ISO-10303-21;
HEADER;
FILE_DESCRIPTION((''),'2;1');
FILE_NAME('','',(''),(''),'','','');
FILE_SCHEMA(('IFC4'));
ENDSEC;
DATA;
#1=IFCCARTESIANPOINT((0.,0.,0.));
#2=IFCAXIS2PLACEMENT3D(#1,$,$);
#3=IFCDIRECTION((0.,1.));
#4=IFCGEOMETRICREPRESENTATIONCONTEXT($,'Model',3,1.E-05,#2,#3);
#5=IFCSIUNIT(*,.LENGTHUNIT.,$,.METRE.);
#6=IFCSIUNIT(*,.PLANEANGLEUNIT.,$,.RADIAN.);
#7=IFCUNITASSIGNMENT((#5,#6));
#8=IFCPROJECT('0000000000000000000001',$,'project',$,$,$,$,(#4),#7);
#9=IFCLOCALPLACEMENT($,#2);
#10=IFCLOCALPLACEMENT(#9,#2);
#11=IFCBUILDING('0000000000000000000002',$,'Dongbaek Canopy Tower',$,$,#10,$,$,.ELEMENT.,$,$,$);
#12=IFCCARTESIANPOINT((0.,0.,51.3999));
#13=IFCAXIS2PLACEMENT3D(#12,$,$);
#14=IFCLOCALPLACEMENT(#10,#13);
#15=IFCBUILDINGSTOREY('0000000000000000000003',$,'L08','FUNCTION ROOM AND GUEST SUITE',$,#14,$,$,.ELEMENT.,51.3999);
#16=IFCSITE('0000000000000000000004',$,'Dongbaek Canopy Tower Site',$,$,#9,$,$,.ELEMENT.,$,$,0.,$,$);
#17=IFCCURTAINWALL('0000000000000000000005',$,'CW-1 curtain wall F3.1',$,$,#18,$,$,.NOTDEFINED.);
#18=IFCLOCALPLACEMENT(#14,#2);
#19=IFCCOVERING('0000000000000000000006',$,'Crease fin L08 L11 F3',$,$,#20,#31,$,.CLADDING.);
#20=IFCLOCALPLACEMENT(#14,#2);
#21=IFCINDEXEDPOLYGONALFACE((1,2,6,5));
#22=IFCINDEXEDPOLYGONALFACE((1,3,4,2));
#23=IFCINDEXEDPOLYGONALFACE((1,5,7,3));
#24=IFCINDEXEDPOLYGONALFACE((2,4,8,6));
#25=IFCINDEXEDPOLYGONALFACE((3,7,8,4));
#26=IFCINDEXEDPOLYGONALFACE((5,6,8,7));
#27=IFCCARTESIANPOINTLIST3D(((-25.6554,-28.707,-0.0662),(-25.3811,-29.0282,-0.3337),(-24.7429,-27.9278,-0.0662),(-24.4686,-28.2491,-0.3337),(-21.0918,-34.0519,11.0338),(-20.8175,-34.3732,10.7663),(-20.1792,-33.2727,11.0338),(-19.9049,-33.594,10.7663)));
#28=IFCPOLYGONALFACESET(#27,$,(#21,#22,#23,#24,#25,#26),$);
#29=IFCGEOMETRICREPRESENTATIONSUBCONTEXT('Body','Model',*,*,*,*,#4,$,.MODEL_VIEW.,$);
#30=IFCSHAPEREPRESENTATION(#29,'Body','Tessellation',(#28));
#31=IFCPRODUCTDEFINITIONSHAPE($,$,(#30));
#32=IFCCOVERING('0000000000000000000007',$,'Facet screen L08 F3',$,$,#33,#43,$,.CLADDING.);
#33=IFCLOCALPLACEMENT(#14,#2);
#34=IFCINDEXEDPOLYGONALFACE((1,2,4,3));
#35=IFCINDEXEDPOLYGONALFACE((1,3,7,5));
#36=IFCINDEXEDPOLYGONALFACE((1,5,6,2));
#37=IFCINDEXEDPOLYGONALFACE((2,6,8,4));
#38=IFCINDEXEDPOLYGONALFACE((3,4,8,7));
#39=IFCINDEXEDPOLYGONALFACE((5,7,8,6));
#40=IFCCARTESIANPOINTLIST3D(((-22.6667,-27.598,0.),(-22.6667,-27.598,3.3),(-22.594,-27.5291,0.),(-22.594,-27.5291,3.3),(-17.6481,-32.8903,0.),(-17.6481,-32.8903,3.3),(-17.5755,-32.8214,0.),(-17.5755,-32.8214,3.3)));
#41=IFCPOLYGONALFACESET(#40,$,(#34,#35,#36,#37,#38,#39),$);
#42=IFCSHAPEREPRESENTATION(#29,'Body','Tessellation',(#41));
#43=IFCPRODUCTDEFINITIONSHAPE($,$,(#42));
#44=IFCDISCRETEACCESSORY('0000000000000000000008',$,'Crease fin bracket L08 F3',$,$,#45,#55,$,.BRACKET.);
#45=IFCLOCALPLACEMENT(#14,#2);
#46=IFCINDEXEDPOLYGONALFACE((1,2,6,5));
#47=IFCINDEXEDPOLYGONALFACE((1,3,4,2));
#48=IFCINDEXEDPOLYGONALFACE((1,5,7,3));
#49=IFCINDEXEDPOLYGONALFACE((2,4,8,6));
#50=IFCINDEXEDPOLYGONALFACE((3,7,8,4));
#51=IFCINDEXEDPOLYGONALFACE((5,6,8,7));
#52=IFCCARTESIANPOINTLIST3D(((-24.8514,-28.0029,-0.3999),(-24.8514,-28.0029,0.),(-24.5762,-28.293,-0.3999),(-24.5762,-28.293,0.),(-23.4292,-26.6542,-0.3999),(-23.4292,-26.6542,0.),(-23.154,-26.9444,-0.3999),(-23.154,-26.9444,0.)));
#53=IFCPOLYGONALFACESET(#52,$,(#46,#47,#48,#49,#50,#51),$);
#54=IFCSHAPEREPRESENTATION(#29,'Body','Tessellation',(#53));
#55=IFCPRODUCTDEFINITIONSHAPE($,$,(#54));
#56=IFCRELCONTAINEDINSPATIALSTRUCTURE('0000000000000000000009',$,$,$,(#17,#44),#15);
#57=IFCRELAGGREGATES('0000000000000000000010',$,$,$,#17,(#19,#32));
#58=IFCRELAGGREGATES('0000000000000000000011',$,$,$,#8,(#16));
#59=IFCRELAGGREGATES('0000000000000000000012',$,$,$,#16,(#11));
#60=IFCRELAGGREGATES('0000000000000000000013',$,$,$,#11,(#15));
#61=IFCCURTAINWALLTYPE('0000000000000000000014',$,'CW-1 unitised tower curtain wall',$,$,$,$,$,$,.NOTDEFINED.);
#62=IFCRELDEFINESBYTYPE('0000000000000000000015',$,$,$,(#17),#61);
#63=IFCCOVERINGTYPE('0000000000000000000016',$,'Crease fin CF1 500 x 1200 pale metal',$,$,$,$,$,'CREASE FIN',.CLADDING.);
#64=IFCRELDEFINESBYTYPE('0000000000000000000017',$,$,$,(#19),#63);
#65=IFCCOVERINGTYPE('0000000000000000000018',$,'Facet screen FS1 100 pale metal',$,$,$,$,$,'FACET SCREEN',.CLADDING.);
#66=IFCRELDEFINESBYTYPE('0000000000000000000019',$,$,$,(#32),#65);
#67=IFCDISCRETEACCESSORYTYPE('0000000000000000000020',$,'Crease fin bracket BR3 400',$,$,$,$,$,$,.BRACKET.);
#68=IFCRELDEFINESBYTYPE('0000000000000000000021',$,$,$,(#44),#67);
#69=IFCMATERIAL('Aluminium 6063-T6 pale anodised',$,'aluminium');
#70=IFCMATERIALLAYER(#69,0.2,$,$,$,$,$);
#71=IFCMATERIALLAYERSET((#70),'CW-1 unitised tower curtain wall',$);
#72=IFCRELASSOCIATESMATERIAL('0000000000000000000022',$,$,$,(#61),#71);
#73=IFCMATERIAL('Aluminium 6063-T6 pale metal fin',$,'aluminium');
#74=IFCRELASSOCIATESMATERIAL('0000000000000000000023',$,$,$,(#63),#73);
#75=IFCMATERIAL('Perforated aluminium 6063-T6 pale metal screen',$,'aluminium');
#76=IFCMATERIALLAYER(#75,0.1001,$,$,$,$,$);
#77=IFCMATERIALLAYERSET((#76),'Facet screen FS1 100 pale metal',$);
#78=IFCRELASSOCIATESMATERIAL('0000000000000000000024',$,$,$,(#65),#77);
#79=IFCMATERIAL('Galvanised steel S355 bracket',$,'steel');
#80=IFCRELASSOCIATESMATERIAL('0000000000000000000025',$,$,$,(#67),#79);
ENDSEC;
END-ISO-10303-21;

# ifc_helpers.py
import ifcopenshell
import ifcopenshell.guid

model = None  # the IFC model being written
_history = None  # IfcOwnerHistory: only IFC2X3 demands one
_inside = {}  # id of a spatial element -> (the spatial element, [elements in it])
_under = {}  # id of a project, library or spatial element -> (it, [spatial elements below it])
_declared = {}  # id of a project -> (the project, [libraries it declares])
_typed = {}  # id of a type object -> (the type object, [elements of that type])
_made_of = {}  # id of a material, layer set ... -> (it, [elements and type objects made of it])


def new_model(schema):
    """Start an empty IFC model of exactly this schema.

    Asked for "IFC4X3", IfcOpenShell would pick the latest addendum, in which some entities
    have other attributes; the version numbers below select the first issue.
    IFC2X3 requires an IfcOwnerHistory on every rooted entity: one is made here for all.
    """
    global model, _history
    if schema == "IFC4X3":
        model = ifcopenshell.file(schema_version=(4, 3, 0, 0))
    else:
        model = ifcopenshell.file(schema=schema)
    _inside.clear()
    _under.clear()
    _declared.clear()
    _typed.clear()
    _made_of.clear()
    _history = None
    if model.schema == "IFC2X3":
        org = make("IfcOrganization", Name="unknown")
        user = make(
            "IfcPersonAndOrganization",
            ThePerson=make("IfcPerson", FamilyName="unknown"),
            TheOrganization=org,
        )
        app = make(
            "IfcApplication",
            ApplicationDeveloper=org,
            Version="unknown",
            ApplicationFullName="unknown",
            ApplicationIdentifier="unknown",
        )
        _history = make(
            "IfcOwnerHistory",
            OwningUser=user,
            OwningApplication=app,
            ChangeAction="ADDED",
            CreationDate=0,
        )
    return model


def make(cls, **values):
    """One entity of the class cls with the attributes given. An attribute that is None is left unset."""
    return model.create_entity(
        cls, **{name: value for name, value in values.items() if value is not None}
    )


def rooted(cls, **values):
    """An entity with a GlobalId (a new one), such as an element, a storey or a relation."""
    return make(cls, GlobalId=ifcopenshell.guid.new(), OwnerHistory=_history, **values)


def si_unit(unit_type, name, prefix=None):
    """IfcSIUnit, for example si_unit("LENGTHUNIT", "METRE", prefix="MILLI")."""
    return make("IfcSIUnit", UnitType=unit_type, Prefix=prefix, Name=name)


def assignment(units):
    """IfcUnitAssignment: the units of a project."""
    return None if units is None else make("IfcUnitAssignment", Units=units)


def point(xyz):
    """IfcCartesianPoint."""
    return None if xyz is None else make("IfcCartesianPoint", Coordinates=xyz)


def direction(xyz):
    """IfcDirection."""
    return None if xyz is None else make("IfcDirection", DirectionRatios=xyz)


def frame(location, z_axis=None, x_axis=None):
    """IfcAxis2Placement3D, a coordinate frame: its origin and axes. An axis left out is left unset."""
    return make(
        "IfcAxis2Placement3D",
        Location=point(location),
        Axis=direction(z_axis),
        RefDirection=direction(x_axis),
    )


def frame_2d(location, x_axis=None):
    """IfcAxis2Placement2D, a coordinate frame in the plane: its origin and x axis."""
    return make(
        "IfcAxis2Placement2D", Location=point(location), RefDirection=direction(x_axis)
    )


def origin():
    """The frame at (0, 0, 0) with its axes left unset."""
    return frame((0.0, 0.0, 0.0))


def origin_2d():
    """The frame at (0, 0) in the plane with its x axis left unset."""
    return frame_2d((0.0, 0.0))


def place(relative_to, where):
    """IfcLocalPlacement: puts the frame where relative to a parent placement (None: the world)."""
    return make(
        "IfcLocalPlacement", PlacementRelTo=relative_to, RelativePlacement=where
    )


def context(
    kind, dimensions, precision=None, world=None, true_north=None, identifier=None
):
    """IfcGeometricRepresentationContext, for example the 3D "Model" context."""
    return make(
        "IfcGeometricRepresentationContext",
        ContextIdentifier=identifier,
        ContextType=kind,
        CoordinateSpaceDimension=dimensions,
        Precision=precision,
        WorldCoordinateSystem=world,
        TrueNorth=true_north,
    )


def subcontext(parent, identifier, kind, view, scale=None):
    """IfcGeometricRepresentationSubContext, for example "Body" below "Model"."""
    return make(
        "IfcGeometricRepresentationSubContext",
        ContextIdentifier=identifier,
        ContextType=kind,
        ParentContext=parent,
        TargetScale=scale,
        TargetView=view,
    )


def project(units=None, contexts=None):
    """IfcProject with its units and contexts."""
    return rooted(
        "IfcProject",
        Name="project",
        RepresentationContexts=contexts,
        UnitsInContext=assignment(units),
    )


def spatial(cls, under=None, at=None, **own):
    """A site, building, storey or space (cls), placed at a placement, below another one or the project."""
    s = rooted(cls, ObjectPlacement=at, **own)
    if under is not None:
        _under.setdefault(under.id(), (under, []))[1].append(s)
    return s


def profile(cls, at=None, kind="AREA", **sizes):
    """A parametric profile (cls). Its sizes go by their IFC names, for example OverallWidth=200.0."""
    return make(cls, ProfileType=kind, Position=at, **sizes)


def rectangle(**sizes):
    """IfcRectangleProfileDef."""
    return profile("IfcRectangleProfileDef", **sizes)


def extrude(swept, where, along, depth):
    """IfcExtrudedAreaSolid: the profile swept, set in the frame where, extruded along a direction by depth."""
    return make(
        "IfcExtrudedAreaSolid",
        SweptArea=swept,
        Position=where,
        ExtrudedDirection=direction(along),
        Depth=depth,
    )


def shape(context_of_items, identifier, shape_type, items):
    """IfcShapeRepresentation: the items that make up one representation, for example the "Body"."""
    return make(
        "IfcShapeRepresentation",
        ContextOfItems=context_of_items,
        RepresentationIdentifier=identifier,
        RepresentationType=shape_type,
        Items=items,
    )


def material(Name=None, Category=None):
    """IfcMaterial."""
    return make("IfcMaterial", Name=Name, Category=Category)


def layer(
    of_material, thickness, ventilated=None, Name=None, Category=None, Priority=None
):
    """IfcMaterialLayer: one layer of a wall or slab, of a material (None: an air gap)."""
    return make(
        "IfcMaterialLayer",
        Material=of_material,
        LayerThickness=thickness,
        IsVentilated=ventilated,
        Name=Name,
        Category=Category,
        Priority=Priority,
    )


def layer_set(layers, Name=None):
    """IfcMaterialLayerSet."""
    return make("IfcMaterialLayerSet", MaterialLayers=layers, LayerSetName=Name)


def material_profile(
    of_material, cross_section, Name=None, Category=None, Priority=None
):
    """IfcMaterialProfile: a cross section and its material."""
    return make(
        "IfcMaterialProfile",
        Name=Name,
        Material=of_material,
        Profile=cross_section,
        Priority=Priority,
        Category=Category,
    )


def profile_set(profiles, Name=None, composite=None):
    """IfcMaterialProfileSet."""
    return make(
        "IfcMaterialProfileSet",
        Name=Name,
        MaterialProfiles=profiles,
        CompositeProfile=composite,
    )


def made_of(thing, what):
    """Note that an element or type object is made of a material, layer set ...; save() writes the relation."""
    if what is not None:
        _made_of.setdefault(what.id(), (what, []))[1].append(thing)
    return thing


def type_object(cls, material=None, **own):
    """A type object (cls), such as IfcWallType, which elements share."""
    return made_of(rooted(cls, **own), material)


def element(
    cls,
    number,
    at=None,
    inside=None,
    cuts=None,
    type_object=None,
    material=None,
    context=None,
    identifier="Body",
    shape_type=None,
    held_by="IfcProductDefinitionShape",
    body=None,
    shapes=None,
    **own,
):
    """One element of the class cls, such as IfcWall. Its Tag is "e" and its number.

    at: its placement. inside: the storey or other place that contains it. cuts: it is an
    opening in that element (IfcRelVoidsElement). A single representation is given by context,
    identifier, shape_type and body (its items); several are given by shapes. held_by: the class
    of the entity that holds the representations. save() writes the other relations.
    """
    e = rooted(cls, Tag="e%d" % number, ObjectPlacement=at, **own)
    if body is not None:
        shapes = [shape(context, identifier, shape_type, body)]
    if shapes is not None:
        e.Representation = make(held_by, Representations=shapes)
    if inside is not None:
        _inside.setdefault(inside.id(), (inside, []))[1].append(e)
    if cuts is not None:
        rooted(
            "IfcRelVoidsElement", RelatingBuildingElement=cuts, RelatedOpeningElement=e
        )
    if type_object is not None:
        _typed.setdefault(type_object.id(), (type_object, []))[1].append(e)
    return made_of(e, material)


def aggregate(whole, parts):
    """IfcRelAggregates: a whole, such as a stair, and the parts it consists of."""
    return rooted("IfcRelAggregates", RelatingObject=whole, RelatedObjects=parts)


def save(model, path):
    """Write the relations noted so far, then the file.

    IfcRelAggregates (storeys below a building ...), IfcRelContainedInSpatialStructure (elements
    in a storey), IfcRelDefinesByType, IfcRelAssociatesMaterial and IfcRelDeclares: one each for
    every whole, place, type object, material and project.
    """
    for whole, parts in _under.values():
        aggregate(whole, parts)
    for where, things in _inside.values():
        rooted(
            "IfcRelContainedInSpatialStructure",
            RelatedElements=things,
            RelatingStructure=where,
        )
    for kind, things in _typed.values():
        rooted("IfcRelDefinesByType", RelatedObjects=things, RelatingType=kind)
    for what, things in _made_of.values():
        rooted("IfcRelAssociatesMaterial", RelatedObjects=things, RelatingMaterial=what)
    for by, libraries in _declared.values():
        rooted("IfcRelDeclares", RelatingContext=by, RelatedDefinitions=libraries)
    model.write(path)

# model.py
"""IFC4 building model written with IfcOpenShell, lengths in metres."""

from ifc_helpers import new_model, si_unit, direction, frame, origin, origin_2d, place, context, subcontext, project, spatial, rectangle, extrude, material, layer, layer_set, material_profile, profile_set, type_object, element, aggregate, save


model = new_model("IFC4")

# Units and contexts
model_context = context("Model", 3, precision=1e-05, world=origin(), true_north=direction((0.0, 1.0)))
body_context = subcontext(model_context, "Body", "Model", "MODEL_VIEW")
ifc_project = project(units=[si_unit("LENGTHUNIT", "METRE"), si_unit("PLANEANGLEUNIT", "RADIAN")], contexts=[model_context])

# Site, building, storey
site_placement = place(None, origin())
site = spatial("IfcSite", under=ifc_project, at=site_placement, Name="Dongbaek Canopy Tower Site", CompositionType="ELEMENT", RefElevation=0.0)
building_placement = place(site_placement, origin())
building = spatial("IfcBuilding", under=site, at=building_placement, Name="Dongbaek Canopy Tower", CompositionType="ELEMENT")
storey_placement = place(building_placement, frame((0.0, 0.0, 51.3999)))
storey = spatial("IfcBuildingStorey", under=building, at=storey_placement, Name="L08", Description="FUNCTION ROOM AND GUEST SUITE", CompositionType="ELEMENT", Elevation=51.3999)

# Curtain wall
ifc_material_1 = material(Name="Aluminium 6063-T6 pale anodised", Category="aluminium")
ifc_layer_1 = layer(ifc_material_1, 0.2)
ifc_layer_set_1 = layer_set([ifc_layer_1], Name="CW-1 unitised tower curtain wall")
curtain_wall_type = type_object("IfcCurtainWallType", Name="CW-1 unitised tower curtain wall", PredefinedType="NOTDEFINED", material=ifc_layer_set_1)
curtain_wall_placement = place(storey_placement, origin())
curtain_wall = element("IfcCurtainWall", 1, at=curtain_wall_placement, inside=storey, type_object=curtain_wall_type, Name="CW-1 curtain wall F3.1", PredefinedType="NOTDEFINED")

# Coverings
ifc_material_2 = material(Name="Aluminium 6063-T6 pale metal fin", Category="aluminium")
ifc_material_profile_1 = material_profile(ifc_material_2, rectangle(XDim=1.2, YDim=0.5, at=origin_2d()), Name="Crease fin CF1 500 x 1200 pale metal")
ifc_profile_set_1 = profile_set([ifc_material_profile_1], Name="Aluminium 6063-T6 pale metal fin")
covering_type_1 = type_object("IfcCoveringType", Name="Crease fin CF1 500 x 1200 pale metal", ElementType="CREASE FIN", PredefinedType="CLADDING", material=ifc_profile_set_1)
covering_1_placement = place(storey_placement, frame((-25.062, -28.478, -0.2), z_axis=(0.347367, -0.406831, 0.844882), x_axis=(0.760498, 0.64934, 0.0)))
covering_1 = element("IfcCovering", 2, at=covering_1_placement, type_object=covering_type_1, Name="Crease fin L08 L11 F3", PredefinedType="CLADDING", context=body_context, shape_type="SweptSolid", body=[
    extrude(rectangle(XDim=1.2, YDim=0.5, at=origin_2d()), origin(), (0.0, 0.0, 1.0), 13.1379),
])
ifc_material_3 = material(Name="Perforated aluminium 6063-T6 pale metal screen", Category="aluminium")
ifc_layer_2 = layer(ifc_material_3, 0.1001)
ifc_layer_set_2 = layer_set([ifc_layer_2], Name="Facet screen FS1 100 pale metal")
covering_type_2 = type_object("IfcCoveringType", Name="Facet screen FS1 100 pale metal", ElementType="FACET SCREEN", PredefinedType="CLADDING", material=ifc_layer_set_2)
covering_2_placement = place(storey_placement, frame((-20.1211, -30.2097, 0.0), z_axis=(0.0, 0.0, 1.0), x_axis=(0.688089, -0.725627, 0.0)))
covering_2 = element("IfcCovering", 3, at=covering_2_placement, type_object=covering_type_2, Name="Facet screen L08 F3", PredefinedType="CLADDING", context=body_context, shape_type="SweptSolid", body=[
    extrude(rectangle(XDim=7.2935, YDim=0.1001, at=origin_2d()), origin(), (0.0, 0.0, 1.0), 3.3),
])
aggregate(curtain_wall, [covering_1, covering_2])

# Discrete accessory
ifc_material_4 = material(Name="Galvanised steel S355 bracket", Category="steel")
discrete_accessory_type = type_object("IfcDiscreteAccessoryType", Name="Crease fin bracket BR3 400", PredefinedType="BRACKET", material=ifc_material_4)
discrete_accessory_placement = place(storey_placement, frame((-24.0027, -27.4736, -0.3999), z_axis=(0.0, 0.0, 1.0), x_axis=(-0.725627, -0.688089, 0.0)))
element("IfcDiscreteAccessory", 4, at=discrete_accessory_placement, inside=storey, type_object=discrete_accessory_type, Name="Crease fin bracket L08 F3", PredefinedType="BRACKET", context=body_context, shape_type="SweptSolid", body=[
    extrude(rectangle(XDim=1.96, YDim=0.3999, at=origin_2d()), origin(), (0.0, 0.0, 1.0), 0.3999),
])

save(model, "model.ifc")
